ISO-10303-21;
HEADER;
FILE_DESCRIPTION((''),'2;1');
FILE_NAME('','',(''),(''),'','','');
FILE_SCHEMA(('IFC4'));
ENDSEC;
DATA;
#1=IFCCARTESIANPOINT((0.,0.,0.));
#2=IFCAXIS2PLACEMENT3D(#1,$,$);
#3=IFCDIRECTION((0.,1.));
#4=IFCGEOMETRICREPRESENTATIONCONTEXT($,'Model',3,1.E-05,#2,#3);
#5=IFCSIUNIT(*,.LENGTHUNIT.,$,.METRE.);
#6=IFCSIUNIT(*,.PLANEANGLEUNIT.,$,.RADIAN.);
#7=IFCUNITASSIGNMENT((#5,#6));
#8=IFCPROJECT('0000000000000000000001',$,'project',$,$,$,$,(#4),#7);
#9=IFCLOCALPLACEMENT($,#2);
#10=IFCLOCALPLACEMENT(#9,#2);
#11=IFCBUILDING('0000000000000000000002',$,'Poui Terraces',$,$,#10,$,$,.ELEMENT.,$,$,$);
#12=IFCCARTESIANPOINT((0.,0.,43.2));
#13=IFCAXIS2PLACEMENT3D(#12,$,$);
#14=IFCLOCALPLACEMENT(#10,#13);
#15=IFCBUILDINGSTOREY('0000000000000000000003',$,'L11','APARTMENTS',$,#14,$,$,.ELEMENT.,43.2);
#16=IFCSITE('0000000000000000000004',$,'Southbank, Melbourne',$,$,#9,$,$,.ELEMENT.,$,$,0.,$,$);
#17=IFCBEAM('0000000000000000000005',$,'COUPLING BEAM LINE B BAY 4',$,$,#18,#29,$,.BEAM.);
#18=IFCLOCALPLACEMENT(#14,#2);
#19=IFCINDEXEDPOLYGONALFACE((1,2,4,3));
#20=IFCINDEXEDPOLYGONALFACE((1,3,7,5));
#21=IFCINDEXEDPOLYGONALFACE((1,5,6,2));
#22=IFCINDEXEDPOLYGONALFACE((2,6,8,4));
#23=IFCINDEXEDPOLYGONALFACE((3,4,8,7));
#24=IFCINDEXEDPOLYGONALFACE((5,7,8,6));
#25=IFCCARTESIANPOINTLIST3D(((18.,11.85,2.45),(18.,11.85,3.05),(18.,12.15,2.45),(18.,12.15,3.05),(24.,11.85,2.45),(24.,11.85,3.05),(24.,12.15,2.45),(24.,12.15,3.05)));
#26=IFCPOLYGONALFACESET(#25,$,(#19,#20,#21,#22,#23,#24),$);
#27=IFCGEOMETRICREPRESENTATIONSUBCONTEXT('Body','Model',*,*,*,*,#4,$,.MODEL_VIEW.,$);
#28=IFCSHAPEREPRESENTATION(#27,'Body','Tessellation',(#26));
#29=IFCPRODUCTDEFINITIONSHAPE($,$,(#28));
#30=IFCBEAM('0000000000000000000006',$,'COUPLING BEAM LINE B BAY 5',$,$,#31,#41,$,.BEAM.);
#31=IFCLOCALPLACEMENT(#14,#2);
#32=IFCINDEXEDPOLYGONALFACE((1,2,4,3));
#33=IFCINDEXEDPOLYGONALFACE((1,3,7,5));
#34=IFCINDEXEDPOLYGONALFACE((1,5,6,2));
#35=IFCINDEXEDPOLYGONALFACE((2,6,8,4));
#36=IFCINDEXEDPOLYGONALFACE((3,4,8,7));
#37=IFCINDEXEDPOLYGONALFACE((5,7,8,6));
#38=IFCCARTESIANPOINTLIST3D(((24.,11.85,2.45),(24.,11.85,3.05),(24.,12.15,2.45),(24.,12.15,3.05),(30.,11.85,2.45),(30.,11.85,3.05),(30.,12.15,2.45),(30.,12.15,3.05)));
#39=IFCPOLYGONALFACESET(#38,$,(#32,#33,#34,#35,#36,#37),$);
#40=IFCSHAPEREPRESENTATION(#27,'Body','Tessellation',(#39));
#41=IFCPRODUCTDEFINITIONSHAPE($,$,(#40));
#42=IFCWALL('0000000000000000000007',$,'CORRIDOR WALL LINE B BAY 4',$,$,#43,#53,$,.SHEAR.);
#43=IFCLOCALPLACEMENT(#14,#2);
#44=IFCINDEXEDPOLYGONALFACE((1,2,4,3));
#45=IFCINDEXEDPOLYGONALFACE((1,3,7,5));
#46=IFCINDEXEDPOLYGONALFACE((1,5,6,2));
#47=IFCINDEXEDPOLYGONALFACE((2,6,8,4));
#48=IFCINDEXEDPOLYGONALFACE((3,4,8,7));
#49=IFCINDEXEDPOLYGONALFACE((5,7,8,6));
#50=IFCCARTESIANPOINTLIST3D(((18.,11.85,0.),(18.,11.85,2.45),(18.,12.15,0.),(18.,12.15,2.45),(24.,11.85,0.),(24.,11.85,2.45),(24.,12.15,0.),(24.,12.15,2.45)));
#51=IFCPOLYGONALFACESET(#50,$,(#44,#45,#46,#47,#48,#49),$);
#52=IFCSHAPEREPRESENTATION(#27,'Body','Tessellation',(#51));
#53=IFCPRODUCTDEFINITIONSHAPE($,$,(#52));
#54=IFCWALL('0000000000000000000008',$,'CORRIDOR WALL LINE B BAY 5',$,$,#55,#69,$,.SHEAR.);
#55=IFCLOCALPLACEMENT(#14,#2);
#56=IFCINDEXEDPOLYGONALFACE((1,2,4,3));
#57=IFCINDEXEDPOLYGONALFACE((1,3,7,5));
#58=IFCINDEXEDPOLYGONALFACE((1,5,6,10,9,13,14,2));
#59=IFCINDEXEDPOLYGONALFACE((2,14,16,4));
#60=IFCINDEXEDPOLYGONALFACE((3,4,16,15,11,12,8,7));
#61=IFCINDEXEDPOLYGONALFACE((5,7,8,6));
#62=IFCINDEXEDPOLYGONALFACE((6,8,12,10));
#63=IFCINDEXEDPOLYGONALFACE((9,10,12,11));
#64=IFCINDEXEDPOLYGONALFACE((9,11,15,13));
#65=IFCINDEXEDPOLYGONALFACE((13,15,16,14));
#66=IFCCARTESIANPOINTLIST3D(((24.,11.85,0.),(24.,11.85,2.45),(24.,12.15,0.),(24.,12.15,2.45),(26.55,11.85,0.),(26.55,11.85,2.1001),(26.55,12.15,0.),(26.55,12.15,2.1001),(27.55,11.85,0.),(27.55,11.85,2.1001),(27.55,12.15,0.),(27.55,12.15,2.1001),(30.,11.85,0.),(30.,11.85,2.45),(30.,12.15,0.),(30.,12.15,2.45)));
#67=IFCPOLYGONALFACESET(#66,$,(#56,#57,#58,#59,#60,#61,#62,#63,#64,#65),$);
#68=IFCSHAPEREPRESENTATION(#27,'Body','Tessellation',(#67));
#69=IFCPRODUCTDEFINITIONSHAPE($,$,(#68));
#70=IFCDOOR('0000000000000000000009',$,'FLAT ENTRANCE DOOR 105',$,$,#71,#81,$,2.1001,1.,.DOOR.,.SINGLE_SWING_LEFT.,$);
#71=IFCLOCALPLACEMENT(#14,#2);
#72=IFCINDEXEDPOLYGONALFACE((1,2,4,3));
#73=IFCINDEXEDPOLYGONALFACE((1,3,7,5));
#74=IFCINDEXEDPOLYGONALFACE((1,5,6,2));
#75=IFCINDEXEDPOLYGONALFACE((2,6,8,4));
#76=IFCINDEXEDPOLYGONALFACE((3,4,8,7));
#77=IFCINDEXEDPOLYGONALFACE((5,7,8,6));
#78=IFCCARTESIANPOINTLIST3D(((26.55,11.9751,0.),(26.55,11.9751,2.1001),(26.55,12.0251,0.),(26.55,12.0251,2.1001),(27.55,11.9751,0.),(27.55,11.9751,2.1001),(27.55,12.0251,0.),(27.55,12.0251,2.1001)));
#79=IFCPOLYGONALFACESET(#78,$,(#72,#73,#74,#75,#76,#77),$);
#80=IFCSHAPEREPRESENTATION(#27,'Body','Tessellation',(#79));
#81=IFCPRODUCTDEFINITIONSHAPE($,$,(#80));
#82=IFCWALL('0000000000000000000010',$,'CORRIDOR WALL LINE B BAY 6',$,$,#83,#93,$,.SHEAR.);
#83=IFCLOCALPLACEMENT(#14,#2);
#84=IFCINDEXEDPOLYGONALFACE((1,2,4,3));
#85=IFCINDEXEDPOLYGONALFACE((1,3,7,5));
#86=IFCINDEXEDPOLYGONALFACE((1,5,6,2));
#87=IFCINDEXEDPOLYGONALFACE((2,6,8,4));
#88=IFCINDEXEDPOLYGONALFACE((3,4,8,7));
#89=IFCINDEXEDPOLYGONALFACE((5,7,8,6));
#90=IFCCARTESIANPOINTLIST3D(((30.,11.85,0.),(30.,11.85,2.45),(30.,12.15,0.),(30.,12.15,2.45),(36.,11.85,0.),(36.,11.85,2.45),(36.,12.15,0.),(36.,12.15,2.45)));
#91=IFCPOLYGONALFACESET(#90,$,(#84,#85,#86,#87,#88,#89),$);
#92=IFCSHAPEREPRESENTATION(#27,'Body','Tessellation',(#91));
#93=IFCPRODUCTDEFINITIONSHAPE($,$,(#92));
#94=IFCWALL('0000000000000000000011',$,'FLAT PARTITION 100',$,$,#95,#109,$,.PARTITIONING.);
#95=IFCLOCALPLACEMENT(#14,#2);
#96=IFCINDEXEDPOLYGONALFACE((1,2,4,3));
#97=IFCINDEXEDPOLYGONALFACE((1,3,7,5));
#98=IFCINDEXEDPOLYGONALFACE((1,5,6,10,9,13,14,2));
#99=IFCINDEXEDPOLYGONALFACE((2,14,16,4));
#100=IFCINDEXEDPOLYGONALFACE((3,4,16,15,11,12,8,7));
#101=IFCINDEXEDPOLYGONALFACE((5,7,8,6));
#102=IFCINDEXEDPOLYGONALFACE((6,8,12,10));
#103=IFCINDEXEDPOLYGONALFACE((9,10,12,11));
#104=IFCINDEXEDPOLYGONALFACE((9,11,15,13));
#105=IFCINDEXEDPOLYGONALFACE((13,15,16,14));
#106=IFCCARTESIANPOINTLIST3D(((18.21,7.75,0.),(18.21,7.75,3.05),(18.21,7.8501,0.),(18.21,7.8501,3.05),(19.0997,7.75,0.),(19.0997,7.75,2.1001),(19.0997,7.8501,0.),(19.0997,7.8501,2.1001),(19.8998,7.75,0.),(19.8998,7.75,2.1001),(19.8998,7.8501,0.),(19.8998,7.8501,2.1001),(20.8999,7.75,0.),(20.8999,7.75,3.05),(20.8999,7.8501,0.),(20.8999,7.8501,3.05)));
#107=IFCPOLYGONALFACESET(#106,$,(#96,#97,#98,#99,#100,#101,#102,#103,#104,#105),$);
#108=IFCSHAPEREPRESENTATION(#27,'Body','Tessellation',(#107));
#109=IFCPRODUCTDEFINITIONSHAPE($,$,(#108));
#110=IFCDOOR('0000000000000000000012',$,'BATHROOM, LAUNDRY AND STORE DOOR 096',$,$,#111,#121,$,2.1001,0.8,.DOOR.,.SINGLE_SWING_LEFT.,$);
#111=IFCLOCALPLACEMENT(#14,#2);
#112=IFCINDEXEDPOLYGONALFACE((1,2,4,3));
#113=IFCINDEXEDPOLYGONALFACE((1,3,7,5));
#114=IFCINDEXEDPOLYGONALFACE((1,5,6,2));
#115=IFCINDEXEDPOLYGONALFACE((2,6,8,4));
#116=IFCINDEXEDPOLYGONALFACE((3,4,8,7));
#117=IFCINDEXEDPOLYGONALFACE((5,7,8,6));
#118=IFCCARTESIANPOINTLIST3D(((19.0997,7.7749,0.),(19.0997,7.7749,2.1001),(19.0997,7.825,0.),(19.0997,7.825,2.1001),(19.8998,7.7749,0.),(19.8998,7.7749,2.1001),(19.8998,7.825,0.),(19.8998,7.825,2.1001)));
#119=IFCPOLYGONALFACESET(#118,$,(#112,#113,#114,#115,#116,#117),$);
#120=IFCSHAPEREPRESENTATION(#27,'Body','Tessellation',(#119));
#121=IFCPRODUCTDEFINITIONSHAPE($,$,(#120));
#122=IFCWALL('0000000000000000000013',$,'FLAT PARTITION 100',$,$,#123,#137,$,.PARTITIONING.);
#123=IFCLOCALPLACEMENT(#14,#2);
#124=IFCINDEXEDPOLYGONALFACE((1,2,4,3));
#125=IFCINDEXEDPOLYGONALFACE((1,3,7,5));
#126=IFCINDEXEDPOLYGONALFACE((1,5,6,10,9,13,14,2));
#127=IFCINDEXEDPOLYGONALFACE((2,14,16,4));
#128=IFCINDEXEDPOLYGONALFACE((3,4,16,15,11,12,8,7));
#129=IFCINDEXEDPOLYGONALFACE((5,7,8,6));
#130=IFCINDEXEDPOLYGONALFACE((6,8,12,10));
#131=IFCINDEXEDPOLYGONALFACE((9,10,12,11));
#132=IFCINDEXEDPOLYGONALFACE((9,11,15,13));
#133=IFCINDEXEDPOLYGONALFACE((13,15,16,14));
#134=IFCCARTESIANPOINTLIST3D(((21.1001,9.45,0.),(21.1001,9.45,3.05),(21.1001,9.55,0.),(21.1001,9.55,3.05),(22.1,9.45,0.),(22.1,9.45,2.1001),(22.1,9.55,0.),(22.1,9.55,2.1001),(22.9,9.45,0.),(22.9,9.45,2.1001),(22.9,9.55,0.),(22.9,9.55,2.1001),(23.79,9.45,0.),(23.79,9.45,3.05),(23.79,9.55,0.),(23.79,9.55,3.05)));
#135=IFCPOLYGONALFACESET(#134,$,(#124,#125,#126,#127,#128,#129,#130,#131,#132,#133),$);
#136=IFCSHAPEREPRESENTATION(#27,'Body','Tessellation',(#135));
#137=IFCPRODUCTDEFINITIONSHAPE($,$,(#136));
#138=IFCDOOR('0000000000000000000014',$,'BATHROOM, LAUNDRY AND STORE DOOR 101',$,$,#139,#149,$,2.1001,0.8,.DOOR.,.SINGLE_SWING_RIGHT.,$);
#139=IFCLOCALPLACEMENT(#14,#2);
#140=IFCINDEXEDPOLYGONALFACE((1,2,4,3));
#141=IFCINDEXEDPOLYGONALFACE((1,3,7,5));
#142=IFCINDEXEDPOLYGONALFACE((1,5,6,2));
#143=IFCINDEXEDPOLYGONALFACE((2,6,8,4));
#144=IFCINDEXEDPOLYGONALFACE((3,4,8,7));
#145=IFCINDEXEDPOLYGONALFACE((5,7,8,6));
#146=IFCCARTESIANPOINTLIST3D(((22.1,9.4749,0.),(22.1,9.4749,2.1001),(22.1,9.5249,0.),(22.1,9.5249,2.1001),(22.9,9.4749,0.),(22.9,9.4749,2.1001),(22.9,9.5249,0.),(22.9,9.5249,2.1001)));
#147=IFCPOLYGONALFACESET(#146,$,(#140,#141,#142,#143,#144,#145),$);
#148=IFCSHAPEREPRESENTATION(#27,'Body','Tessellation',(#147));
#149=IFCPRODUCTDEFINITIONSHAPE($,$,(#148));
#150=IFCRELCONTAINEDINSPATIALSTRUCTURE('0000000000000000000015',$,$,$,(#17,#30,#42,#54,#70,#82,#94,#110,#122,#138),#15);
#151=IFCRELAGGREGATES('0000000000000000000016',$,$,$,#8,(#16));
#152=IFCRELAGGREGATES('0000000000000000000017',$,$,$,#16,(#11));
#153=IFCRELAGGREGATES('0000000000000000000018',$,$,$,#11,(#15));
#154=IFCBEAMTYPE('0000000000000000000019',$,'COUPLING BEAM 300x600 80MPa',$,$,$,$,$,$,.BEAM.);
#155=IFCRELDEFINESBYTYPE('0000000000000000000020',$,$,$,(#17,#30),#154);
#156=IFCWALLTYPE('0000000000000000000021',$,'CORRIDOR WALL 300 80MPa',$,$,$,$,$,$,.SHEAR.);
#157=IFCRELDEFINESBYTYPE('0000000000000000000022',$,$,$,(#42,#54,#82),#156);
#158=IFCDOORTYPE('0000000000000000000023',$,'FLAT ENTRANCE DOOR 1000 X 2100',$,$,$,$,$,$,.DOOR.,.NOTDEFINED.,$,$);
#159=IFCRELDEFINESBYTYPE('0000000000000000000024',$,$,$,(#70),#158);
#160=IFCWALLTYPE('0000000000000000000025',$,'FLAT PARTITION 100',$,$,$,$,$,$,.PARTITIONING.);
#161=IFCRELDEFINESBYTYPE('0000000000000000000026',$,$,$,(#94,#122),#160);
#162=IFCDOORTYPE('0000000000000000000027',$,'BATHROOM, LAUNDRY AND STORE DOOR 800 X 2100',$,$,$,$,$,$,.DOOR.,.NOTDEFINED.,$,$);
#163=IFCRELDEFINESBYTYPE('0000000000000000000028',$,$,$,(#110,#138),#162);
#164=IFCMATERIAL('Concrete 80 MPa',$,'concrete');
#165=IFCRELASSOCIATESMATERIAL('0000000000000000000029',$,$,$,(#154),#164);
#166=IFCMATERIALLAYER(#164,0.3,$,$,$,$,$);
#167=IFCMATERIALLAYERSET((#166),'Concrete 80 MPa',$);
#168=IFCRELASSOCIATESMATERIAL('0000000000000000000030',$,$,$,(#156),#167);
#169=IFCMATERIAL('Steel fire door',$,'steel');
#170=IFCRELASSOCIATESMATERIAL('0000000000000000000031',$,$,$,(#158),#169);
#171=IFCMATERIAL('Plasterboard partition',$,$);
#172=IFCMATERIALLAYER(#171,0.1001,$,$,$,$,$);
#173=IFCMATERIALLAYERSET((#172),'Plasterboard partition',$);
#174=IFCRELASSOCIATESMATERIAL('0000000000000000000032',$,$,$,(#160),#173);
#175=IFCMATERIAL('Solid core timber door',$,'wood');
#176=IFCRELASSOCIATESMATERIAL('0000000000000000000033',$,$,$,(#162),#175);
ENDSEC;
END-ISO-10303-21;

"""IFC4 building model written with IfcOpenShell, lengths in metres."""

from ifc_helpers import new_model, si_unit, direction, frame, frame_2d, origin, origin_2d, place, context, subcontext, project, spatial, rectangle, extrude, source, transform, mapped, material, layer, layer_set, material_profile, profile_set, type_object, element, fill, save


model = new_model("IFC4")

# Units and contexts
model_context = context("Model", 3, precision=1e-05, world=origin(), true_north=direction((0.0, 1.0)))
body_context = subcontext(model_context, "Body", "Model", "MODEL_VIEW")
ifc_project = project(units=[si_unit("LENGTHUNIT", "METRE"), si_unit("PLANEANGLEUNIT", "RADIAN")], contexts=[model_context])

# Site, building, storey
site_placement = place(None, origin())
site = spatial("IfcSite", under=ifc_project, at=site_placement, Name="Southbank, Melbourne", CompositionType="ELEMENT", RefElevation=0.0)
building_placement = place(site_placement, origin())
building = spatial("IfcBuilding", under=site, at=building_placement, Name="Poui Terraces", CompositionType="ELEMENT")
storey_placement = place(building_placement, frame((0.0, 0.0, 43.2)))
storey = spatial("IfcBuildingStorey", under=building, at=storey_placement, Name="L11", Description="APARTMENTS", CompositionType="ELEMENT", Elevation=43.2)

# Beams
ifc_material_1 = material(Name="Concrete 80 MPa", Category="concrete")
ifc_material_profile = material_profile(ifc_material_1, rectangle(XDim=0.3, YDim=0.6001, at=origin_2d()), Name="RC 300x600")
ifc_profile_set = profile_set([ifc_material_profile], Name="Concrete 80 MPa")
beam_type = type_object("IfcBeamType", Name="COUPLING BEAM 300x600 80MPa", PredefinedType="BEAM", material=ifc_profile_set)
shared_shape = source(origin(), body_context, "Body", "SweptSolid", [
    extrude(rectangle(XDim=0.3, YDim=0.6001, at=origin_2d()), origin(), (0.0, 0.0, 1.0), 6.0),
])
for number, where, z_axis, x_axis, name in (
    (1, (18.0, 12.0, 2.75), (1.0, 0.0, 0.0), (0.0, 1.0, 0.0), "COUPLING BEAM LINE B BAY 4"),
    (2, (24.0, 12.0, 2.75), (1.0, 0.0, 0.0), (0.0, 1.0, 0.0), "COUPLING BEAM LINE B BAY 5"),
):
    element("IfcBeam", number, at=place(storey_placement, frame(where, z_axis=z_axis, x_axis=x_axis)), inside=storey, type_object=beam_type, Name=name, PredefinedType="BEAM", context=body_context, shape_type="MappedRepresentation", body=[
        mapped(shared_shape, transform((0.0, 0.0, 0.0))),
    ])

# Wall
ifc_layer_1 = layer(ifc_material_1, 0.3)
ifc_layer_set_1 = layer_set([ifc_layer_1], Name="Concrete 80 MPa")
wall_type_1 = type_object("IfcWallType", Name="CORRIDOR WALL 300 80MPa", PredefinedType="SHEAR", material=ifc_layer_set_1)
wall_1_placement = place(storey_placement, frame((18.0, 12.0, 0.0), z_axis=(0.0, 0.0, 1.0), x_axis=(1.0, 0.0, 0.0)))
element("IfcWall", 3, at=wall_1_placement, inside=storey, type_object=wall_type_1, Name="CORRIDOR WALL LINE B BAY 4", PredefinedType="SHEAR", context=body_context, shape_type="SweptSolid", body=[
    extrude(rectangle(XDim=6.0, YDim=0.3, at=frame_2d((3.0, 0.0))), origin(), (0.0, 0.0, 1.0), 2.45),
])

# Wall, opening, door
wall_2_placement = place(storey_placement, frame((24.0, 12.0, 0.0), z_axis=(0.0, 0.0, 1.0), x_axis=(1.0, 0.0, 0.0)))
wall_2 = element("IfcWall", 4, at=wall_2_placement, inside=storey, type_object=wall_type_1, Name="CORRIDOR WALL LINE B BAY 5", PredefinedType="SHEAR", context=body_context, shape_type="SweptSolid", body=[
    extrude(rectangle(XDim=6.0, YDim=0.3, at=frame_2d((3.0, 0.0))), origin(), (0.0, 0.0, 1.0), 2.45),
])
opening_1_placement = place(wall_2_placement, frame((2.55, 0.0, 0.0)))
opening_1 = element("IfcOpeningElement", 5, at=opening_1_placement, cuts=wall_2, PredefinedType="OPENING", context=body_context, shape_type="SweptSolid", body=[
    extrude(rectangle(XDim=1.0, YDim=2.1001, at=frame_2d((0.5, 1.05))), frame((0.0, 0.1602, 0.0), z_axis=(0.0, -1.0, 0.0), x_axis=(1.0, 0.0, 0.0)), (0.0, 0.0, 1.0), 0.3201),
])
ifc_material_2 = material(Name="Steel fire door", Category="steel")
door_type_1 = type_object("IfcDoorType", Name="FLAT ENTRANCE DOOR 1000 X 2100", OperationType="NOTDEFINED", PredefinedType="DOOR", material=ifc_material_2)
door_1_placement = place(opening_1_placement, frame((1.0, 0.0, 0.0), z_axis=(0.0, 0.0, 1.0), x_axis=(-1.0, 0.0, 0.0)))
door_1 = element("IfcDoor", 6, at=door_1_placement, inside=storey, type_object=door_type_1, Name="FLAT ENTRANCE DOOR 105", OperationType="SINGLE_SWING_LEFT", OverallHeight=2.1001, OverallWidth=1.0, PredefinedType="DOOR", context=body_context, shape_type="SweptSolid", body=[
    extrude(rectangle(XDim=1.0, YDim=2.1001, at=frame_2d((0.5, 1.05))), frame((0.0, 0.0249, 0.0), z_axis=(0.0, -1.0, 0.0), x_axis=(1.0, 0.0, 0.0)), (0.0, 0.0, 1.0), 0.05),
])
fill(opening_1, door_1)

# Wall
wall_3_placement = place(storey_placement, frame((30.0, 12.0, 0.0), z_axis=(0.0, 0.0, 1.0), x_axis=(1.0, 0.0, 0.0)))
element("IfcWall", 7, at=wall_3_placement, inside=storey, type_object=wall_type_1, Name="CORRIDOR WALL LINE B BAY 6", PredefinedType="SHEAR", context=body_context, shape_type="SweptSolid", body=[
    extrude(rectangle(XDim=6.0, YDim=0.3, at=frame_2d((3.0, 0.0))), origin(), (0.0, 0.0, 1.0), 2.45),
])

# Walls, openings, doors
ifc_material_3 = material(Name="Plasterboard partition")
ifc_layer_2 = layer(ifc_material_3, 0.1001)
ifc_layer_set_2 = layer_set([ifc_layer_2], Name="Plasterboard partition")
wall_type_2 = type_object("IfcWallType", Name="FLAT PARTITION 100", PredefinedType="PARTITIONING", material=ifc_layer_set_2)
wall_4_placement = place(storey_placement, frame((18.21, 7.8, 0.0), z_axis=(0.0, 0.0, 1.0), x_axis=(1.0, 0.0, 0.0)))
wall_4 = element("IfcWall", 8, at=wall_4_placement, inside=storey, type_object=wall_type_2, Name="FLAT PARTITION 100", PredefinedType="PARTITIONING", context=body_context, shape_type="SweptSolid", body=[
    extrude(rectangle(XDim=2.6899, YDim=0.1001, at=frame_2d((1.345, 0.0))), origin(), (0.0, 0.0, 1.0), 3.05),
])
opening_2_placement = place(wall_4_placement, frame((0.8899, 0.0, 0.0)))
opening_2 = element("IfcOpeningElement", 9, at=opening_2_placement, cuts=wall_4, PredefinedType="OPENING", context=body_context, shape_type="SweptSolid", body=[
    extrude(rectangle(XDim=0.8, YDim=2.1001, at=frame_2d((0.3999, 1.05))), frame((0.0, 0.0601, 0.0), z_axis=(0.0, -1.0, 0.0), x_axis=(1.0, 0.0, 0.0)), (0.0, 0.0, 1.0), 0.1201),
])
ifc_material_4 = material(Name="Solid core timber door", Category="wood")
door_type_2 = type_object("IfcDoorType", Name="BATHROOM, LAUNDRY AND STORE DOOR 800 X 2100", OperationType="NOTDEFINED", PredefinedType="DOOR", material=ifc_material_4)
door_2_placement = place(opening_2_placement, origin())
door_2 = element("IfcDoor", 10, at=door_2_placement, inside=storey, type_object=door_type_2, Name="BATHROOM, LAUNDRY AND STORE DOOR 096", OperationType="SINGLE_SWING_LEFT", OverallHeight=2.1001, OverallWidth=0.8, PredefinedType="DOOR", context=body_context, shape_type="SweptSolid", body=[
    extrude(rectangle(XDim=0.8, YDim=2.1001, at=frame_2d((0.3999, 1.05))), frame((0.0, 0.0249, 0.0), z_axis=(0.0, -1.0, 0.0), x_axis=(1.0, 0.0, 0.0)), (0.0, 0.0, 1.0), 0.05),
])
fill(opening_2, door_2)
wall_5_placement = place(storey_placement, frame((21.1001, 9.5, 0.0), z_axis=(0.0, 0.0, 1.0), x_axis=(1.0, 0.0, 0.0)))
wall_5 = element("IfcWall", 11, at=wall_5_placement, inside=storey, type_object=wall_type_2, Name="FLAT PARTITION 100", PredefinedType="PARTITIONING", context=body_context, shape_type="SweptSolid", body=[
    extrude(rectangle(XDim=2.6899, YDim=0.1001, at=frame_2d((1.345, 0.0))), origin(), (0.0, 0.0, 1.0), 3.05),
])
opening_3_placement = place(wall_5_placement, frame((1.0, 0.0, 0.0)))
opening_3 = element("IfcOpeningElement", 12, at=opening_3_placement, cuts=wall_5, PredefinedType="OPENING", context=body_context, shape_type="SweptSolid", body=[
    extrude(rectangle(XDim=0.8, YDim=2.1001, at=frame_2d((0.3999, 1.05))), frame((0.0, 0.0601, 0.0), z_axis=(0.0, -1.0, 0.0), x_axis=(1.0, 0.0, 0.0)), (0.0, 0.0, 1.0), 0.1201),
])
door_3_placement = place(opening_3_placement, origin())
door_3 = element("IfcDoor", 13, at=door_3_placement, inside=storey, type_object=door_type_2, Name="BATHROOM, LAUNDRY AND STORE DOOR 101", OperationType="SINGLE_SWING_RIGHT", OverallHeight=2.1001, OverallWidth=0.8, PredefinedType="DOOR", context=body_context, shape_type="SweptSolid", body=[
    extrude(rectangle(XDim=0.8, YDim=2.1001, at=frame_2d((0.3999, 1.05))), frame((0.0, 0.0249, 0.0), z_axis=(0.0, -1.0, 0.0), x_axis=(1.0, 0.0, 0.0)), (0.0, 0.0, 1.0), 0.05),
])
fill(opening_3, door_3)

save(model, "model.ifc")
